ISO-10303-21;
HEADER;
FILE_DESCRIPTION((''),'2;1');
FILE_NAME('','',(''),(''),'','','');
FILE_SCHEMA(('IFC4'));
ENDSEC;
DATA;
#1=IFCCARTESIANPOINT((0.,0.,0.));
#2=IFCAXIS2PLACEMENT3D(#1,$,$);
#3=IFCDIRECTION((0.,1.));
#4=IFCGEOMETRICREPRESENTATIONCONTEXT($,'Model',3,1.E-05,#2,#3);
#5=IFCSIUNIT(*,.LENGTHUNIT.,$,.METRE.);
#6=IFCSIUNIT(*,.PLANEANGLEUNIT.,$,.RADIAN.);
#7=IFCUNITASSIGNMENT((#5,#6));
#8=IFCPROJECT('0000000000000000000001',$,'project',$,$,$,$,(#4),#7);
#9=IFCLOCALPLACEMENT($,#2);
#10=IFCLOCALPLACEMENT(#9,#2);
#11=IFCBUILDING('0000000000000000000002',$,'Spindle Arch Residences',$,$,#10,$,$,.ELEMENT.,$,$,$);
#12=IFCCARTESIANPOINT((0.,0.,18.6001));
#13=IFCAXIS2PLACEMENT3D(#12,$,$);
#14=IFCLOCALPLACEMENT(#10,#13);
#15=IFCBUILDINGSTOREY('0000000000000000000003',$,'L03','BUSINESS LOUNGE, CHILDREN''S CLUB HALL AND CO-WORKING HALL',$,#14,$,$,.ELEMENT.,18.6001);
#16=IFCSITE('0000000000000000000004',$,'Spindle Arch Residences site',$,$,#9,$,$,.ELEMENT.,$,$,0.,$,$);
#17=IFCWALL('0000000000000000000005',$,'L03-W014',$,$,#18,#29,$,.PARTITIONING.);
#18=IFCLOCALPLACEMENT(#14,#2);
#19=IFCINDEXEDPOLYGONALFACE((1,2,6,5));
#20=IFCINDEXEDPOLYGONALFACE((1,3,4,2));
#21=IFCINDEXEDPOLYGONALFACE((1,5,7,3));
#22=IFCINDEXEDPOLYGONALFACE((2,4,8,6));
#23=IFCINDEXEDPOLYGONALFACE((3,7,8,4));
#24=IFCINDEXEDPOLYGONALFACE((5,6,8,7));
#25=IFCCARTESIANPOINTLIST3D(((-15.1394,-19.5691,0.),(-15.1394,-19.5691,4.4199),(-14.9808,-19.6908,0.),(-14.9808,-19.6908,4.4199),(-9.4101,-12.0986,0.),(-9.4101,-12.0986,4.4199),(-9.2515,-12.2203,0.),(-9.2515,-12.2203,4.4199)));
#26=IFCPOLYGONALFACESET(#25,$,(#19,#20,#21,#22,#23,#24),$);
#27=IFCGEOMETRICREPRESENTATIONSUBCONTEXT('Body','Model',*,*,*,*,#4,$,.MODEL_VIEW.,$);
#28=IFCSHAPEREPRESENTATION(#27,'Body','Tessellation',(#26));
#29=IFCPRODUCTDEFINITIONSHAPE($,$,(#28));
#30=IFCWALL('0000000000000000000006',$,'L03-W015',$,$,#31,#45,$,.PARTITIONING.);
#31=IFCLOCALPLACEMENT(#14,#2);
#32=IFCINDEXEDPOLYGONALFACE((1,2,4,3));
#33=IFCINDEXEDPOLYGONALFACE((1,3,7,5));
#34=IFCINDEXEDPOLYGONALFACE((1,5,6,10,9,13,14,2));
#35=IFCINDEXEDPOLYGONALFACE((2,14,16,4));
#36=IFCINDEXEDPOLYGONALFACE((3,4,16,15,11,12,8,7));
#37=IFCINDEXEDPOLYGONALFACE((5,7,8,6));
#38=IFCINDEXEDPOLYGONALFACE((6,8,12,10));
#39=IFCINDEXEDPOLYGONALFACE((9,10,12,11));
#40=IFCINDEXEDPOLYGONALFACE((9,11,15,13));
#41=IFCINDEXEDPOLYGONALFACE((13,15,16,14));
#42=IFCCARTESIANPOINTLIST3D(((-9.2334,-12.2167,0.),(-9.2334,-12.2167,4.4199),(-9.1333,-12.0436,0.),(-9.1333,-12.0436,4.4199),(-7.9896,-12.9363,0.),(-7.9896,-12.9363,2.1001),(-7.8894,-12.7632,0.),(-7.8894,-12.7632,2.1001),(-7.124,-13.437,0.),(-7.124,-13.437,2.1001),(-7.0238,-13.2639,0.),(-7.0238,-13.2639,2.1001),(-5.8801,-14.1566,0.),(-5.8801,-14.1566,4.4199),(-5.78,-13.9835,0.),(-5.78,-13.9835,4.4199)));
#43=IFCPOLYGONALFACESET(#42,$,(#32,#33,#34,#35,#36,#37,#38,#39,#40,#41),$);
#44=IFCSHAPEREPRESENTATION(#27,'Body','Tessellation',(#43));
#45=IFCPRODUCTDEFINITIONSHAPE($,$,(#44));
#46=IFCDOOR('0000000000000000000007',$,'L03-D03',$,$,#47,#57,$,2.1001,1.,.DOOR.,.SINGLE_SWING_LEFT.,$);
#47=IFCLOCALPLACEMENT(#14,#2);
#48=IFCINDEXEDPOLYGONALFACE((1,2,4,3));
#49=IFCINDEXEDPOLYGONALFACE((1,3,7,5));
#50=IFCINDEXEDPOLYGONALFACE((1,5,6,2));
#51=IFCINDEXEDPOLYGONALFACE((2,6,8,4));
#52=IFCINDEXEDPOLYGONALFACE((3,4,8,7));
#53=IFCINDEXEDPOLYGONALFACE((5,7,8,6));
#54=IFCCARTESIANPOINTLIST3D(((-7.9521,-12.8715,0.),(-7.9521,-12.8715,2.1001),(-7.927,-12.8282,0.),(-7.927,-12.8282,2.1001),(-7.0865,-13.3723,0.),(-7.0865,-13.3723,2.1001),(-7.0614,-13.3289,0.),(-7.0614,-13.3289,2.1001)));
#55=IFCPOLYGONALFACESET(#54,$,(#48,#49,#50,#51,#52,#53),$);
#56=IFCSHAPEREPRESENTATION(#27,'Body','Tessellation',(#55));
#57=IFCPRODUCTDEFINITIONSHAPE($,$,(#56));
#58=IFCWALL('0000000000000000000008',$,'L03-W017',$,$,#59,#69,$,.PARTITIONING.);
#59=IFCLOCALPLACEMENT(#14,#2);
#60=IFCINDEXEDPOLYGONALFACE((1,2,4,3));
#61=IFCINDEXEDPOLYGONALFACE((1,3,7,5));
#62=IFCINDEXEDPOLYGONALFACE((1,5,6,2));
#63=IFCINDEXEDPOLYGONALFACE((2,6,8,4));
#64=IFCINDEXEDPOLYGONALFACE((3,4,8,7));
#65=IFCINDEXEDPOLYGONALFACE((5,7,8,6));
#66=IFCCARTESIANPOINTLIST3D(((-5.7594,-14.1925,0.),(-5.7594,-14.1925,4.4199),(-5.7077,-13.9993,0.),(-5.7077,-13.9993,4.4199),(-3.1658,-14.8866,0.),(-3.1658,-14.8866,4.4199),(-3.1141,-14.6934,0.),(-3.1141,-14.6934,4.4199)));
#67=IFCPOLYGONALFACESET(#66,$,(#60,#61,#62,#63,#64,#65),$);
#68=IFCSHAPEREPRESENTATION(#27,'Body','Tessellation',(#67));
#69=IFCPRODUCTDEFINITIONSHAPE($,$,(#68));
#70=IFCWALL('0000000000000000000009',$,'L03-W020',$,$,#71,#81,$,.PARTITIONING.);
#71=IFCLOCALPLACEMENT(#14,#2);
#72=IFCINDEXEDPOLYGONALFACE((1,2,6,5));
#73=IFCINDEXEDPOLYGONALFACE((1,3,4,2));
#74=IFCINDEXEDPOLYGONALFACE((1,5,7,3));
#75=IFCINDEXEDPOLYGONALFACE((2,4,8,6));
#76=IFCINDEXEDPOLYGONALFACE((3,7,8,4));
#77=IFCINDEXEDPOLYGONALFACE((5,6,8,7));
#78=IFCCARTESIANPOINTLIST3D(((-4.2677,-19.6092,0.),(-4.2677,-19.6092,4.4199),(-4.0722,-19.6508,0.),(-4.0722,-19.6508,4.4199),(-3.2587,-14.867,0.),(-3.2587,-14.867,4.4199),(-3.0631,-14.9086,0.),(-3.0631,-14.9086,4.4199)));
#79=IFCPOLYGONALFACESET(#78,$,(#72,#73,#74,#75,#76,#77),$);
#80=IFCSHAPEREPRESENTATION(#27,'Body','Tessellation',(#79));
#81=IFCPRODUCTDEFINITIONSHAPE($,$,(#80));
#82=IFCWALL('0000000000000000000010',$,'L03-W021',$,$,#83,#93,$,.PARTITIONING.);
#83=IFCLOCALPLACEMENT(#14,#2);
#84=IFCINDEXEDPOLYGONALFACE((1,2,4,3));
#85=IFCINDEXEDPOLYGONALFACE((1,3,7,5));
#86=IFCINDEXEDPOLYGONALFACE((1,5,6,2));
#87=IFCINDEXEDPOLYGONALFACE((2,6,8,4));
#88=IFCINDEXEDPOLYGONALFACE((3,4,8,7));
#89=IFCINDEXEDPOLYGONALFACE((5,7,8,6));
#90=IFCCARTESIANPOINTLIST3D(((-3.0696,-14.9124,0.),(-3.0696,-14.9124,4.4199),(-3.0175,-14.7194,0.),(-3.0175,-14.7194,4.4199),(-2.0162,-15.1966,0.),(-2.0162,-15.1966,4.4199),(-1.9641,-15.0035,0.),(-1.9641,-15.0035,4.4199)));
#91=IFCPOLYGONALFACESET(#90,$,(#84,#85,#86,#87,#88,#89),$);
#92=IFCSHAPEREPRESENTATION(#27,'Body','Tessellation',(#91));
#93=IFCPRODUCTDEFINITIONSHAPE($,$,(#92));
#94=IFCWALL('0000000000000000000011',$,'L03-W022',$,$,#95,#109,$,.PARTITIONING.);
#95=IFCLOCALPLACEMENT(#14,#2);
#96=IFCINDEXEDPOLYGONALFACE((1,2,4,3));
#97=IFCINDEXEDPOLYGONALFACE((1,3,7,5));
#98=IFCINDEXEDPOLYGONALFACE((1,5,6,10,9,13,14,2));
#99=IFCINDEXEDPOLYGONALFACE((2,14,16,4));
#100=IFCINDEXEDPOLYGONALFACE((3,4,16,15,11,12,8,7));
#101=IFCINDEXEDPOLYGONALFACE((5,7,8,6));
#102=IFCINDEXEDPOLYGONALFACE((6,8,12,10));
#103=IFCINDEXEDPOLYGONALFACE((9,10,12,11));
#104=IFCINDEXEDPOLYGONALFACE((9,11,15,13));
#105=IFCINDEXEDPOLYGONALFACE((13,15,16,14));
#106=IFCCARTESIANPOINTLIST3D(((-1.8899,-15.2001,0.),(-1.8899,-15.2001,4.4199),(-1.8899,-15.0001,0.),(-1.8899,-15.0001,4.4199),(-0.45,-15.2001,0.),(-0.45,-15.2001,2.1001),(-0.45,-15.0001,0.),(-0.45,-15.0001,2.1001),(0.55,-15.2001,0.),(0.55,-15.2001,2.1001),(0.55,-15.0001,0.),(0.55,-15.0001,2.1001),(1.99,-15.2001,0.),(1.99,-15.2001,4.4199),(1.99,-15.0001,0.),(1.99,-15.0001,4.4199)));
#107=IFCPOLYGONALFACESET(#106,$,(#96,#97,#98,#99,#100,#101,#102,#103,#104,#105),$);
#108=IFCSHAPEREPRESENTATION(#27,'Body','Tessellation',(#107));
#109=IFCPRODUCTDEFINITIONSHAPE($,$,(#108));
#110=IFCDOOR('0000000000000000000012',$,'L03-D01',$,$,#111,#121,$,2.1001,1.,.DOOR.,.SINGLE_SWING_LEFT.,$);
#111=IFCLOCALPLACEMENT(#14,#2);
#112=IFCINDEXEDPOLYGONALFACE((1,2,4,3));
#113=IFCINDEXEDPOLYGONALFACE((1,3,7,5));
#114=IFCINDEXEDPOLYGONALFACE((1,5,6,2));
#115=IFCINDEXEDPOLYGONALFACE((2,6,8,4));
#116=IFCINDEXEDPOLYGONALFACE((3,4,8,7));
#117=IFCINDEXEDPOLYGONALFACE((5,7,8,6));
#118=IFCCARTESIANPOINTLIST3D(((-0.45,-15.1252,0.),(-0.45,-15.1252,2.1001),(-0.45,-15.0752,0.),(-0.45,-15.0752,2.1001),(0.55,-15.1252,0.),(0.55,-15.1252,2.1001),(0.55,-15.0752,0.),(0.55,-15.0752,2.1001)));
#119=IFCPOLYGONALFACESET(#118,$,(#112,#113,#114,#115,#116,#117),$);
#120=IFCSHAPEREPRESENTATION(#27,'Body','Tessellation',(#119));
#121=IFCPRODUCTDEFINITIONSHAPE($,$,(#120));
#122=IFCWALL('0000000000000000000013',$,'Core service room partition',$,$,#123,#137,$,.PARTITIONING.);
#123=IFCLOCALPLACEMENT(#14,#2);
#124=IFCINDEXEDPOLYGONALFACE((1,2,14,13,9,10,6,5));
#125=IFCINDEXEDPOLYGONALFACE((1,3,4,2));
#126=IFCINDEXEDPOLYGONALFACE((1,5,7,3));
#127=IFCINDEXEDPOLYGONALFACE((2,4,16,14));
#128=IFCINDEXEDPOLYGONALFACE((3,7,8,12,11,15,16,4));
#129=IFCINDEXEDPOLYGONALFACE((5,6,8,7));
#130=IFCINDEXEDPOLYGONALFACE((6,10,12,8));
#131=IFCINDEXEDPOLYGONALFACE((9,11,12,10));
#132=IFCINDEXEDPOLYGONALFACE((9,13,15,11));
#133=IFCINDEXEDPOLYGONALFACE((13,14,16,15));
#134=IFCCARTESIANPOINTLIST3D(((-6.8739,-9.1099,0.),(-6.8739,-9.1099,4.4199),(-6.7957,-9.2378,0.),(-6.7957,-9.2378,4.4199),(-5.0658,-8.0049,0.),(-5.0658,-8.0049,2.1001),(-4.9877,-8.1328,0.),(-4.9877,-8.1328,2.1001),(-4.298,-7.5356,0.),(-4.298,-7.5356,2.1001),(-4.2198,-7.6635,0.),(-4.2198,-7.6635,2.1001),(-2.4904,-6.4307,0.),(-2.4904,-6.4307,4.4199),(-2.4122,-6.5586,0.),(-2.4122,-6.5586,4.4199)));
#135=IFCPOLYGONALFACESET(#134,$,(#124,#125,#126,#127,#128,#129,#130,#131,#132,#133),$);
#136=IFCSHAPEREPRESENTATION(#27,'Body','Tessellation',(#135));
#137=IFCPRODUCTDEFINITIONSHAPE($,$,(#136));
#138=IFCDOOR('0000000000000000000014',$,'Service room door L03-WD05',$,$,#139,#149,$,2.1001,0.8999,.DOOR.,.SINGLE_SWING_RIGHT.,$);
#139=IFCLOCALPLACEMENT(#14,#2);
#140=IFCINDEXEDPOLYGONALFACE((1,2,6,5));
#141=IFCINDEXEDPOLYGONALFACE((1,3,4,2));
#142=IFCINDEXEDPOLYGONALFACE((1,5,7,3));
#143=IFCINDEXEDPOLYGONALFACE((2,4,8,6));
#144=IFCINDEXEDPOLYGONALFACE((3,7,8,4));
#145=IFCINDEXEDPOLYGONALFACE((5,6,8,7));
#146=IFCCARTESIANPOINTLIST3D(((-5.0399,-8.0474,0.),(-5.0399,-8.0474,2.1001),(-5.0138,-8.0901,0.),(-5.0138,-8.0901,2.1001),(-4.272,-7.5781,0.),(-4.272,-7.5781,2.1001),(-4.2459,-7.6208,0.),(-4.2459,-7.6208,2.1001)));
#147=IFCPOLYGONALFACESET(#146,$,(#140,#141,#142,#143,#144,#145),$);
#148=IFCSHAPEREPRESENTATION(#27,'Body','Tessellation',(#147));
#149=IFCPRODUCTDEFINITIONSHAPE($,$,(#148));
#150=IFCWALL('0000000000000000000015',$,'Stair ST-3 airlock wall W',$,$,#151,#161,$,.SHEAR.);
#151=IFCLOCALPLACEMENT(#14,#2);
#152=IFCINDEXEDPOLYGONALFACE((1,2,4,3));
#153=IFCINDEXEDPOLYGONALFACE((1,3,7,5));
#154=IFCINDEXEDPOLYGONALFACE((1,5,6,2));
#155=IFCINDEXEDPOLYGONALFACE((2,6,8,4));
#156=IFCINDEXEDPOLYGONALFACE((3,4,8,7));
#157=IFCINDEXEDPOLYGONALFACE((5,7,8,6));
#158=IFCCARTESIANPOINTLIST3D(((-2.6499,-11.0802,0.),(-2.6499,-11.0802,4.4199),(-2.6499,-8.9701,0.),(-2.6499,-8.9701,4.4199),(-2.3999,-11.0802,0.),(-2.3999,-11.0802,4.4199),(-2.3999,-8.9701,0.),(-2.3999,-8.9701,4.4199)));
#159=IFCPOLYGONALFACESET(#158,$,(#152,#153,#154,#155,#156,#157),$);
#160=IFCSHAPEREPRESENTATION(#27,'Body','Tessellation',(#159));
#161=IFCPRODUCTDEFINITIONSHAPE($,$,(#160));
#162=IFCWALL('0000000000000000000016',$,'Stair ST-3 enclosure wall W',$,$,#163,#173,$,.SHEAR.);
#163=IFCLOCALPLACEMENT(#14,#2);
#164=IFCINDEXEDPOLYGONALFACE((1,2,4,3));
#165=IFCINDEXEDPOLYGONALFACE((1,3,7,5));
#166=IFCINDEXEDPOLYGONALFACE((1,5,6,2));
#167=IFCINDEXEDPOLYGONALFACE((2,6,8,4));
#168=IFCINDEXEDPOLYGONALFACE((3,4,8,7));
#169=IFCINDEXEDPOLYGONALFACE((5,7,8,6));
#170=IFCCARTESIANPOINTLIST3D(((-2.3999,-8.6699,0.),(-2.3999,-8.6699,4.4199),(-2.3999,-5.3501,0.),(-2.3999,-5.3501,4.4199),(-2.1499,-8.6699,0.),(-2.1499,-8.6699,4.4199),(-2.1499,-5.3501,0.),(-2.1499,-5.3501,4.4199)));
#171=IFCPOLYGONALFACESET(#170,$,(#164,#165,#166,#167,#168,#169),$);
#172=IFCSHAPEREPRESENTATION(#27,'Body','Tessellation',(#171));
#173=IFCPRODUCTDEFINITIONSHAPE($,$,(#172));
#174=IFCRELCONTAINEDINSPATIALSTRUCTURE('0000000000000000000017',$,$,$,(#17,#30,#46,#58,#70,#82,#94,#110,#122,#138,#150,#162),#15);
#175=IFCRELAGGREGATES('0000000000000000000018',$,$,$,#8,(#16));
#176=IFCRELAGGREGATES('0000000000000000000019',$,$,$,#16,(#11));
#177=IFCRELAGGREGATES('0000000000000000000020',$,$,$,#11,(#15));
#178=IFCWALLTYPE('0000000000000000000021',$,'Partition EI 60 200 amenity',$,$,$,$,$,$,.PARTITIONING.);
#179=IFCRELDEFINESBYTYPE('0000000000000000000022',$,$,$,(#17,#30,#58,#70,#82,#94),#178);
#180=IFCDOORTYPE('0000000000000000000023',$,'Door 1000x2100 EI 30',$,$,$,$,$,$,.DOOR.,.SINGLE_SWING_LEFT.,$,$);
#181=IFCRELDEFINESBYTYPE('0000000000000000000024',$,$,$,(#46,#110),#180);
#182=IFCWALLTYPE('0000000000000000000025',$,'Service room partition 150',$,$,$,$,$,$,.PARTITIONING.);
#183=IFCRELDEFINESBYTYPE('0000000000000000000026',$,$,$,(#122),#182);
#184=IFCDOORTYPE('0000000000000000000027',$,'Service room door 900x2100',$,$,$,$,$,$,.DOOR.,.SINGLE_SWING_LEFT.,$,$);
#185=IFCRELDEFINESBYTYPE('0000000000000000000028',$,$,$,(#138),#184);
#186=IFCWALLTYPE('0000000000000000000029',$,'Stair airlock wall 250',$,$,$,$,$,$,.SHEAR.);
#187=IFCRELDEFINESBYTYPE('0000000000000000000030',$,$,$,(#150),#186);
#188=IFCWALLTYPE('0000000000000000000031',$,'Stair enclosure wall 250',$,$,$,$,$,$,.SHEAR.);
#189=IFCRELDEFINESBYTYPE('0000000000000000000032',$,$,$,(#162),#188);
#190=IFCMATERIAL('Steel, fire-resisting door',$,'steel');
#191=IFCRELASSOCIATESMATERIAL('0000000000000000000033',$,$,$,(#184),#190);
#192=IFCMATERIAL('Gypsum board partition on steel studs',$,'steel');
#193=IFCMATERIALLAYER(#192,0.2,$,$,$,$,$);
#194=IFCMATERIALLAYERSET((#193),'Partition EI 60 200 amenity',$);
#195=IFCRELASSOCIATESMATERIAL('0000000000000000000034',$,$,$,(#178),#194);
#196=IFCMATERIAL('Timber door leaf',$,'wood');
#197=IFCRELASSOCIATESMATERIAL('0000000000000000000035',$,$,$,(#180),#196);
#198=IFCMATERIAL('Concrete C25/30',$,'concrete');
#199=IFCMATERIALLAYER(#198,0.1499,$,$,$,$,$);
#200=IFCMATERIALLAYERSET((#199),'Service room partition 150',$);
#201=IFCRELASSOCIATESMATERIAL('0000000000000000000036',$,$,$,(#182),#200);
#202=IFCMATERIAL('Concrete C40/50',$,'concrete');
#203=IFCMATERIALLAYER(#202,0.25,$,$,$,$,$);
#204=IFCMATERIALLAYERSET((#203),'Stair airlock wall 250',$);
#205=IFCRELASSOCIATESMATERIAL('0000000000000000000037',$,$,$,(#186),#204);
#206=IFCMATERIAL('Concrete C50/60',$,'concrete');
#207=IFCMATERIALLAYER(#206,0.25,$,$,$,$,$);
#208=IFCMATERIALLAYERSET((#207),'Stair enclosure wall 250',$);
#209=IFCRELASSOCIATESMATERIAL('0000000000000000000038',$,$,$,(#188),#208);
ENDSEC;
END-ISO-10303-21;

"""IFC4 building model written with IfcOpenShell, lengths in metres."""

from ifc_helpers import new_model, si_unit, direction, frame, frame_2d, origin, place, context, subcontext, project, spatial, rectangle, extrude, material, layer, layer_set, type_object, element, fill, save


model = new_model("IFC4")

# Units and contexts
model_context = context("Model", 3, precision=1e-05, world=origin(), true_north=direction((0.0, 1.0)))
body_context = subcontext(model_context, "Body", "Model", "MODEL_VIEW")
ifc_project = project(units=[si_unit("LENGTHUNIT", "METRE"), si_unit("PLANEANGLEUNIT", "RADIAN")], contexts=[model_context])

# Site, building, storey
site_placement = place(None, origin())
site = spatial("IfcSite", under=ifc_project, at=site_placement, Name="Spindle Arch Residences site", CompositionType="ELEMENT", RefElevation=0.0)
building_placement = place(site_placement, origin())
building = spatial("IfcBuilding", under=site, at=building_placement, Name="Spindle Arch Residences", CompositionType="ELEMENT")
storey_placement = place(building_placement, frame((0.0, 0.0, 18.6001)))
storey = spatial("IfcBuildingStorey", under=building, at=storey_placement, Name="L03", Description="BUSINESS LOUNGE, CHILDREN'S CLUB HALL AND CO-WORKING HALL", CompositionType="ELEMENT", Elevation=18.6001)

# Shared definitions
ifc_material_1 = material(Name="Steel, fire-resisting door", Category="steel")
door_type_1 = type_object("IfcDoorType", Name="Service room door 900x2100", OperationType="SINGLE_SWING_LEFT", PredefinedType="DOOR", material=ifc_material_1)

# Wall
ifc_material_2 = material(Name="Gypsum board partition on steel studs", Category="steel")
ifc_layer_1 = layer(ifc_material_2, 0.2)
ifc_layer_set_1 = layer_set([ifc_layer_1], Name="Partition EI 60 200 amenity")
wall_type_1 = type_object("IfcWallType", Name="Partition EI 60 200 amenity", PredefinedType="PARTITIONING", material=ifc_layer_set_1)
wall_1_placement = place(storey_placement, frame((-9.3308, -12.1594, 0.0), z_axis=(0.0, 0.0, 1.0), x_axis=(-0.608558, -0.793509, 0.0)))
element("IfcWall", 1, at=wall_1_placement, inside=storey, type_object=wall_type_1, Name="L03-W014", PredefinedType="PARTITIONING", context=body_context, shape_type="SweptSolid", body=[
    extrude(rectangle(XDim=9.4146, YDim=0.2, at=frame_2d((4.7073, 0.0))), origin(), (0.0, 0.0, 1.0), 4.4199),
])

# Wall, opening, door
wall_2_placement = place(storey_placement, frame((-9.1833, -12.1301, 0.0), z_axis=(0.0, 0.0, 1.0), x_axis=(0.865586, -0.50076, 0.0)))
wall_2 = element("IfcWall", 2, at=wall_2_placement, inside=storey, type_object=wall_type_1, Name="L03-W015", PredefinedType="PARTITIONING", context=body_context, shape_type="SweptSolid", body=[
    extrude(rectangle(XDim=3.874, YDim=0.2, at=frame_2d((1.937, 0.0))), origin(), (0.0, 0.0, 1.0), 4.4199),
])
opening_1_placement = place(wall_2_placement, frame((1.437, 0.0, 0.0)))
opening_1 = element("IfcOpeningElement", 3, at=opening_1_placement, cuts=wall_2, PredefinedType="OPENING", context=body_context, shape_type="SweptSolid", body=[
    extrude(rectangle(XDim=1.0, YDim=2.1001, at=frame_2d((0.5, 1.05))), frame((0.0, 0.1099, 0.0), z_axis=(0.0, -1.0, 0.0), x_axis=(1.0, 0.0, 0.0)), (0.0, 0.0, 1.0), 0.22),
])
ifc_material_3 = material(Name="Timber door leaf", Category="wood")
door_type_2 = type_object("IfcDoorType", Name="Door 1000x2100 EI 30", OperationType="SINGLE_SWING_LEFT", PredefinedType="DOOR", material=ifc_material_3)
door_1_placement = place(opening_1_placement, origin())
door_1 = element("IfcDoor", 4, at=door_1_placement, inside=storey, type_object=door_type_2, Name="L03-D03", OperationType="SINGLE_SWING_LEFT", OverallHeight=2.1001, OverallWidth=1.0, PredefinedType="DOOR", context=body_context, shape_type="SweptSolid", body=[
    extrude(rectangle(XDim=1.0, YDim=2.1001, at=frame_2d((0.5, 1.05))), frame((0.0, 0.0249, 0.0), z_axis=(0.0, -1.0, 0.0), x_axis=(1.0, 0.0, 0.0)), (0.0, 0.0, 1.0), 0.05),
])
fill(opening_1, door_1)

# Walls
wall_3_placement = place(storey_placement, frame((-5.7334, -14.0959, 0.0), z_axis=(0.0, 0.0, 1.0), x_axis=(0.966004, -0.258529, 0.0)))
element("IfcWall", 5, at=wall_3_placement, inside=storey, type_object=wall_type_1, Name="L03-W017", PredefinedType="PARTITIONING", context=body_context, shape_type="SweptSolid", body=[
    extrude(rectangle(XDim=2.6848, YDim=0.2, at=frame_2d((1.3423, 0.0))), origin(), (0.0, 0.0, 1.0), 4.4199),
])
wall_4_placement = place(storey_placement, frame((-3.1609, -14.8877, 0.0), z_axis=(0.0, 0.0, 1.0), x_axis=(-0.208119, -0.978104, 0.0)))
element("IfcWall", 6, at=wall_4_placement, inside=storey, type_object=wall_type_1, Name="L03-W020", PredefinedType="PARTITIONING", context=body_context, shape_type="SweptSolid", body=[
    extrude(rectangle(XDim=4.8484, YDim=0.2, at=frame_2d((2.4243, 0.0))), origin(), (0.0, 0.0, 1.0), 4.4199),
])
wall_5_placement = place(storey_placement, frame((-3.0435, -14.8159, 0.0), z_axis=(0.0, 0.0, 1.0), x_axis=(0.965488, -0.260447, 0.0)))
element("IfcWall", 7, at=wall_5_placement, inside=storey, type_object=wall_type_1, Name="L03-W021", PredefinedType="PARTITIONING", context=body_context, shape_type="SweptSolid", body=[
    extrude(rectangle(XDim=1.0911, YDim=0.2, at=frame_2d((0.5454, 0.0))), origin(), (0.0, 0.0, 1.0), 4.4199),
])

# Walls, openings, doors
wall_6_placement = place(storey_placement, frame((-1.8899, -15.1001, 0.0), z_axis=(0.0, 0.0, 1.0), x_axis=(1.0, 0.0, 0.0)))
wall_6 = element("IfcWall", 8, at=wall_6_placement, inside=storey, type_object=wall_type_1, Name="L03-W022", PredefinedType="PARTITIONING", context=body_context, shape_type="SweptSolid", body=[
    extrude(rectangle(XDim=3.8799, YDim=0.2, at=frame_2d((1.9399, 0.0))), origin(), (0.0, 0.0, 1.0), 4.4199),
])
opening_2_placement = place(wall_6_placement, frame((1.4399, 0.0, 0.0)))
opening_2 = element("IfcOpeningElement", 9, at=opening_2_placement, cuts=wall_6, PredefinedType="OPENING", context=body_context, shape_type="SweptSolid", body=[
    extrude(rectangle(XDim=1.0, YDim=2.1001, at=frame_2d((0.5, 1.05))), frame((0.0, 0.1099, 0.0), z_axis=(0.0, -1.0, 0.0), x_axis=(1.0, 0.0, 0.0)), (0.0, 0.0, 1.0), 0.22),
])
door_2_placement = place(opening_2_placement, origin())
door_2 = element("IfcDoor", 10, at=door_2_placement, inside=storey, type_object=door_type_2, Name="L03-D01", OperationType="SINGLE_SWING_LEFT", OverallHeight=2.1001, OverallWidth=1.0, PredefinedType="DOOR", context=body_context, shape_type="SweptSolid", body=[
    extrude(rectangle(XDim=1.0, YDim=2.1001, at=frame_2d((0.5, 1.05))), frame((0.0, 0.0249, 0.0), z_axis=(0.0, -1.0, 0.0), x_axis=(1.0, 0.0, 0.0)), (0.0, 0.0, 1.0), 0.05),
])
fill(opening_2, door_2)
ifc_material_4 = material(Name="Concrete C25/30", Category="concrete")
ifc_layer_2 = layer(ifc_material_4, 0.1499)
ifc_layer_set_2 = layer_set([ifc_layer_2], Name="Service room partition 150")
wall_type_2 = type_object("IfcWallType", Name="Service room partition 150", PredefinedType="PARTITIONING", material=ifc_layer_set_2)
wall_7_placement = place(storey_placement, frame((-2.4512, -6.4946, 0.0), z_axis=(0.0, 0.0, 1.0), x_axis=(-0.85325, -0.521502, 0.0)))
wall_7 = element("IfcWall", 11, at=wall_7_placement, inside=storey, type_object=wall_type_2, Name="Core service room partition", PredefinedType="PARTITIONING", context=body_context, shape_type="SweptSolid", body=[
    extrude(rectangle(XDim=5.1375, YDim=0.1499, at=frame_2d((2.5688, 0.0))), origin(), (0.0, 0.0, 1.0), 4.4199),
])
opening_3_placement = place(wall_7_placement, frame((2.1187, 0.0, 0.0)))
opening_3 = element("IfcOpeningElement", 12, at=opening_3_placement, cuts=wall_7, PredefinedType="OPENING", context=body_context, shape_type="SweptSolid", body=[
    extrude(rectangle(XDim=0.8999, YDim=2.1001, at=frame_2d((0.45, 1.05))), frame((0.0, 0.085, 0.0), z_axis=(0.0, -1.0, 0.0), x_axis=(1.0, 0.0, 0.0)), (0.0, 0.0, 1.0), 0.1699),
])
door_3_placement = place(opening_3_placement, origin())
door_3 = element("IfcDoor", 13, at=door_3_placement, inside=storey, type_object=door_type_1, Name="Service room door L03-WD05", OperationType="SINGLE_SWING_RIGHT", OverallHeight=2.1001, OverallWidth=0.8999, PredefinedType="DOOR", context=body_context, shape_type="SweptSolid", body=[
    extrude(rectangle(XDim=0.8999, YDim=2.1001, at=frame_2d((0.45, 1.05))), frame((0.0, 0.0249, 0.0), z_axis=(0.0, -1.0, 0.0), x_axis=(1.0, 0.0, 0.0)), (0.0, 0.0, 1.0), 0.05),
])
fill(opening_3, door_3)

# Walls
ifc_material_5 = material(Name="Concrete C40/50", Category="concrete")
ifc_layer_3 = layer(ifc_material_5, 0.25)
ifc_layer_set_3 = layer_set([ifc_layer_3], Name="Stair airlock wall 250")
wall_type_3 = type_object("IfcWallType", Name="Stair airlock wall 250", PredefinedType="SHEAR", material=ifc_layer_set_3)
wall_8_placement = place(storey_placement, frame((-2.5249, -8.97, 0.0), z_axis=(0.0, 0.0, 1.0), x_axis=(0.0, -1.0, 0.0)))
element("IfcWall", 14, at=wall_8_placement, inside=storey, type_object=wall_type_3, Name="Stair ST-3 airlock wall W", PredefinedType="SHEAR", context=body_context, shape_type="SweptSolid", body=[
    extrude(rectangle(XDim=2.1101, YDim=0.25, at=frame_2d((1.0552, 0.0))), origin(), (0.0, 0.0, 1.0), 4.4199),
])
ifc_material_6 = material(Name="Concrete C50/60", Category="concrete")
ifc_layer_4 = layer(ifc_material_6, 0.25)
ifc_layer_set_4 = layer_set([ifc_layer_4], Name="Stair enclosure wall 250")
wall_type_4 = type_object("IfcWallType", Name="Stair enclosure wall 250", PredefinedType="SHEAR", material=ifc_layer_set_4)
wall_9_placement = place(storey_placement, frame((-2.2749, -8.6699, 0.0), z_axis=(0.0, 0.0, 1.0), x_axis=(0.0, 1.0, 0.0)))
element("IfcWall", 15, at=wall_9_placement, inside=storey, type_object=wall_type_4, Name="Stair ST-3 enclosure wall W", PredefinedType="SHEAR", context=body_context, shape_type="SweptSolid", body=[
    extrude(rectangle(XDim=3.3198, YDim=0.25, at=frame_2d((1.6599, 0.0))), origin(), (0.0, 0.0, 1.0), 4.4199),
])

save(model, "model.ifc")
